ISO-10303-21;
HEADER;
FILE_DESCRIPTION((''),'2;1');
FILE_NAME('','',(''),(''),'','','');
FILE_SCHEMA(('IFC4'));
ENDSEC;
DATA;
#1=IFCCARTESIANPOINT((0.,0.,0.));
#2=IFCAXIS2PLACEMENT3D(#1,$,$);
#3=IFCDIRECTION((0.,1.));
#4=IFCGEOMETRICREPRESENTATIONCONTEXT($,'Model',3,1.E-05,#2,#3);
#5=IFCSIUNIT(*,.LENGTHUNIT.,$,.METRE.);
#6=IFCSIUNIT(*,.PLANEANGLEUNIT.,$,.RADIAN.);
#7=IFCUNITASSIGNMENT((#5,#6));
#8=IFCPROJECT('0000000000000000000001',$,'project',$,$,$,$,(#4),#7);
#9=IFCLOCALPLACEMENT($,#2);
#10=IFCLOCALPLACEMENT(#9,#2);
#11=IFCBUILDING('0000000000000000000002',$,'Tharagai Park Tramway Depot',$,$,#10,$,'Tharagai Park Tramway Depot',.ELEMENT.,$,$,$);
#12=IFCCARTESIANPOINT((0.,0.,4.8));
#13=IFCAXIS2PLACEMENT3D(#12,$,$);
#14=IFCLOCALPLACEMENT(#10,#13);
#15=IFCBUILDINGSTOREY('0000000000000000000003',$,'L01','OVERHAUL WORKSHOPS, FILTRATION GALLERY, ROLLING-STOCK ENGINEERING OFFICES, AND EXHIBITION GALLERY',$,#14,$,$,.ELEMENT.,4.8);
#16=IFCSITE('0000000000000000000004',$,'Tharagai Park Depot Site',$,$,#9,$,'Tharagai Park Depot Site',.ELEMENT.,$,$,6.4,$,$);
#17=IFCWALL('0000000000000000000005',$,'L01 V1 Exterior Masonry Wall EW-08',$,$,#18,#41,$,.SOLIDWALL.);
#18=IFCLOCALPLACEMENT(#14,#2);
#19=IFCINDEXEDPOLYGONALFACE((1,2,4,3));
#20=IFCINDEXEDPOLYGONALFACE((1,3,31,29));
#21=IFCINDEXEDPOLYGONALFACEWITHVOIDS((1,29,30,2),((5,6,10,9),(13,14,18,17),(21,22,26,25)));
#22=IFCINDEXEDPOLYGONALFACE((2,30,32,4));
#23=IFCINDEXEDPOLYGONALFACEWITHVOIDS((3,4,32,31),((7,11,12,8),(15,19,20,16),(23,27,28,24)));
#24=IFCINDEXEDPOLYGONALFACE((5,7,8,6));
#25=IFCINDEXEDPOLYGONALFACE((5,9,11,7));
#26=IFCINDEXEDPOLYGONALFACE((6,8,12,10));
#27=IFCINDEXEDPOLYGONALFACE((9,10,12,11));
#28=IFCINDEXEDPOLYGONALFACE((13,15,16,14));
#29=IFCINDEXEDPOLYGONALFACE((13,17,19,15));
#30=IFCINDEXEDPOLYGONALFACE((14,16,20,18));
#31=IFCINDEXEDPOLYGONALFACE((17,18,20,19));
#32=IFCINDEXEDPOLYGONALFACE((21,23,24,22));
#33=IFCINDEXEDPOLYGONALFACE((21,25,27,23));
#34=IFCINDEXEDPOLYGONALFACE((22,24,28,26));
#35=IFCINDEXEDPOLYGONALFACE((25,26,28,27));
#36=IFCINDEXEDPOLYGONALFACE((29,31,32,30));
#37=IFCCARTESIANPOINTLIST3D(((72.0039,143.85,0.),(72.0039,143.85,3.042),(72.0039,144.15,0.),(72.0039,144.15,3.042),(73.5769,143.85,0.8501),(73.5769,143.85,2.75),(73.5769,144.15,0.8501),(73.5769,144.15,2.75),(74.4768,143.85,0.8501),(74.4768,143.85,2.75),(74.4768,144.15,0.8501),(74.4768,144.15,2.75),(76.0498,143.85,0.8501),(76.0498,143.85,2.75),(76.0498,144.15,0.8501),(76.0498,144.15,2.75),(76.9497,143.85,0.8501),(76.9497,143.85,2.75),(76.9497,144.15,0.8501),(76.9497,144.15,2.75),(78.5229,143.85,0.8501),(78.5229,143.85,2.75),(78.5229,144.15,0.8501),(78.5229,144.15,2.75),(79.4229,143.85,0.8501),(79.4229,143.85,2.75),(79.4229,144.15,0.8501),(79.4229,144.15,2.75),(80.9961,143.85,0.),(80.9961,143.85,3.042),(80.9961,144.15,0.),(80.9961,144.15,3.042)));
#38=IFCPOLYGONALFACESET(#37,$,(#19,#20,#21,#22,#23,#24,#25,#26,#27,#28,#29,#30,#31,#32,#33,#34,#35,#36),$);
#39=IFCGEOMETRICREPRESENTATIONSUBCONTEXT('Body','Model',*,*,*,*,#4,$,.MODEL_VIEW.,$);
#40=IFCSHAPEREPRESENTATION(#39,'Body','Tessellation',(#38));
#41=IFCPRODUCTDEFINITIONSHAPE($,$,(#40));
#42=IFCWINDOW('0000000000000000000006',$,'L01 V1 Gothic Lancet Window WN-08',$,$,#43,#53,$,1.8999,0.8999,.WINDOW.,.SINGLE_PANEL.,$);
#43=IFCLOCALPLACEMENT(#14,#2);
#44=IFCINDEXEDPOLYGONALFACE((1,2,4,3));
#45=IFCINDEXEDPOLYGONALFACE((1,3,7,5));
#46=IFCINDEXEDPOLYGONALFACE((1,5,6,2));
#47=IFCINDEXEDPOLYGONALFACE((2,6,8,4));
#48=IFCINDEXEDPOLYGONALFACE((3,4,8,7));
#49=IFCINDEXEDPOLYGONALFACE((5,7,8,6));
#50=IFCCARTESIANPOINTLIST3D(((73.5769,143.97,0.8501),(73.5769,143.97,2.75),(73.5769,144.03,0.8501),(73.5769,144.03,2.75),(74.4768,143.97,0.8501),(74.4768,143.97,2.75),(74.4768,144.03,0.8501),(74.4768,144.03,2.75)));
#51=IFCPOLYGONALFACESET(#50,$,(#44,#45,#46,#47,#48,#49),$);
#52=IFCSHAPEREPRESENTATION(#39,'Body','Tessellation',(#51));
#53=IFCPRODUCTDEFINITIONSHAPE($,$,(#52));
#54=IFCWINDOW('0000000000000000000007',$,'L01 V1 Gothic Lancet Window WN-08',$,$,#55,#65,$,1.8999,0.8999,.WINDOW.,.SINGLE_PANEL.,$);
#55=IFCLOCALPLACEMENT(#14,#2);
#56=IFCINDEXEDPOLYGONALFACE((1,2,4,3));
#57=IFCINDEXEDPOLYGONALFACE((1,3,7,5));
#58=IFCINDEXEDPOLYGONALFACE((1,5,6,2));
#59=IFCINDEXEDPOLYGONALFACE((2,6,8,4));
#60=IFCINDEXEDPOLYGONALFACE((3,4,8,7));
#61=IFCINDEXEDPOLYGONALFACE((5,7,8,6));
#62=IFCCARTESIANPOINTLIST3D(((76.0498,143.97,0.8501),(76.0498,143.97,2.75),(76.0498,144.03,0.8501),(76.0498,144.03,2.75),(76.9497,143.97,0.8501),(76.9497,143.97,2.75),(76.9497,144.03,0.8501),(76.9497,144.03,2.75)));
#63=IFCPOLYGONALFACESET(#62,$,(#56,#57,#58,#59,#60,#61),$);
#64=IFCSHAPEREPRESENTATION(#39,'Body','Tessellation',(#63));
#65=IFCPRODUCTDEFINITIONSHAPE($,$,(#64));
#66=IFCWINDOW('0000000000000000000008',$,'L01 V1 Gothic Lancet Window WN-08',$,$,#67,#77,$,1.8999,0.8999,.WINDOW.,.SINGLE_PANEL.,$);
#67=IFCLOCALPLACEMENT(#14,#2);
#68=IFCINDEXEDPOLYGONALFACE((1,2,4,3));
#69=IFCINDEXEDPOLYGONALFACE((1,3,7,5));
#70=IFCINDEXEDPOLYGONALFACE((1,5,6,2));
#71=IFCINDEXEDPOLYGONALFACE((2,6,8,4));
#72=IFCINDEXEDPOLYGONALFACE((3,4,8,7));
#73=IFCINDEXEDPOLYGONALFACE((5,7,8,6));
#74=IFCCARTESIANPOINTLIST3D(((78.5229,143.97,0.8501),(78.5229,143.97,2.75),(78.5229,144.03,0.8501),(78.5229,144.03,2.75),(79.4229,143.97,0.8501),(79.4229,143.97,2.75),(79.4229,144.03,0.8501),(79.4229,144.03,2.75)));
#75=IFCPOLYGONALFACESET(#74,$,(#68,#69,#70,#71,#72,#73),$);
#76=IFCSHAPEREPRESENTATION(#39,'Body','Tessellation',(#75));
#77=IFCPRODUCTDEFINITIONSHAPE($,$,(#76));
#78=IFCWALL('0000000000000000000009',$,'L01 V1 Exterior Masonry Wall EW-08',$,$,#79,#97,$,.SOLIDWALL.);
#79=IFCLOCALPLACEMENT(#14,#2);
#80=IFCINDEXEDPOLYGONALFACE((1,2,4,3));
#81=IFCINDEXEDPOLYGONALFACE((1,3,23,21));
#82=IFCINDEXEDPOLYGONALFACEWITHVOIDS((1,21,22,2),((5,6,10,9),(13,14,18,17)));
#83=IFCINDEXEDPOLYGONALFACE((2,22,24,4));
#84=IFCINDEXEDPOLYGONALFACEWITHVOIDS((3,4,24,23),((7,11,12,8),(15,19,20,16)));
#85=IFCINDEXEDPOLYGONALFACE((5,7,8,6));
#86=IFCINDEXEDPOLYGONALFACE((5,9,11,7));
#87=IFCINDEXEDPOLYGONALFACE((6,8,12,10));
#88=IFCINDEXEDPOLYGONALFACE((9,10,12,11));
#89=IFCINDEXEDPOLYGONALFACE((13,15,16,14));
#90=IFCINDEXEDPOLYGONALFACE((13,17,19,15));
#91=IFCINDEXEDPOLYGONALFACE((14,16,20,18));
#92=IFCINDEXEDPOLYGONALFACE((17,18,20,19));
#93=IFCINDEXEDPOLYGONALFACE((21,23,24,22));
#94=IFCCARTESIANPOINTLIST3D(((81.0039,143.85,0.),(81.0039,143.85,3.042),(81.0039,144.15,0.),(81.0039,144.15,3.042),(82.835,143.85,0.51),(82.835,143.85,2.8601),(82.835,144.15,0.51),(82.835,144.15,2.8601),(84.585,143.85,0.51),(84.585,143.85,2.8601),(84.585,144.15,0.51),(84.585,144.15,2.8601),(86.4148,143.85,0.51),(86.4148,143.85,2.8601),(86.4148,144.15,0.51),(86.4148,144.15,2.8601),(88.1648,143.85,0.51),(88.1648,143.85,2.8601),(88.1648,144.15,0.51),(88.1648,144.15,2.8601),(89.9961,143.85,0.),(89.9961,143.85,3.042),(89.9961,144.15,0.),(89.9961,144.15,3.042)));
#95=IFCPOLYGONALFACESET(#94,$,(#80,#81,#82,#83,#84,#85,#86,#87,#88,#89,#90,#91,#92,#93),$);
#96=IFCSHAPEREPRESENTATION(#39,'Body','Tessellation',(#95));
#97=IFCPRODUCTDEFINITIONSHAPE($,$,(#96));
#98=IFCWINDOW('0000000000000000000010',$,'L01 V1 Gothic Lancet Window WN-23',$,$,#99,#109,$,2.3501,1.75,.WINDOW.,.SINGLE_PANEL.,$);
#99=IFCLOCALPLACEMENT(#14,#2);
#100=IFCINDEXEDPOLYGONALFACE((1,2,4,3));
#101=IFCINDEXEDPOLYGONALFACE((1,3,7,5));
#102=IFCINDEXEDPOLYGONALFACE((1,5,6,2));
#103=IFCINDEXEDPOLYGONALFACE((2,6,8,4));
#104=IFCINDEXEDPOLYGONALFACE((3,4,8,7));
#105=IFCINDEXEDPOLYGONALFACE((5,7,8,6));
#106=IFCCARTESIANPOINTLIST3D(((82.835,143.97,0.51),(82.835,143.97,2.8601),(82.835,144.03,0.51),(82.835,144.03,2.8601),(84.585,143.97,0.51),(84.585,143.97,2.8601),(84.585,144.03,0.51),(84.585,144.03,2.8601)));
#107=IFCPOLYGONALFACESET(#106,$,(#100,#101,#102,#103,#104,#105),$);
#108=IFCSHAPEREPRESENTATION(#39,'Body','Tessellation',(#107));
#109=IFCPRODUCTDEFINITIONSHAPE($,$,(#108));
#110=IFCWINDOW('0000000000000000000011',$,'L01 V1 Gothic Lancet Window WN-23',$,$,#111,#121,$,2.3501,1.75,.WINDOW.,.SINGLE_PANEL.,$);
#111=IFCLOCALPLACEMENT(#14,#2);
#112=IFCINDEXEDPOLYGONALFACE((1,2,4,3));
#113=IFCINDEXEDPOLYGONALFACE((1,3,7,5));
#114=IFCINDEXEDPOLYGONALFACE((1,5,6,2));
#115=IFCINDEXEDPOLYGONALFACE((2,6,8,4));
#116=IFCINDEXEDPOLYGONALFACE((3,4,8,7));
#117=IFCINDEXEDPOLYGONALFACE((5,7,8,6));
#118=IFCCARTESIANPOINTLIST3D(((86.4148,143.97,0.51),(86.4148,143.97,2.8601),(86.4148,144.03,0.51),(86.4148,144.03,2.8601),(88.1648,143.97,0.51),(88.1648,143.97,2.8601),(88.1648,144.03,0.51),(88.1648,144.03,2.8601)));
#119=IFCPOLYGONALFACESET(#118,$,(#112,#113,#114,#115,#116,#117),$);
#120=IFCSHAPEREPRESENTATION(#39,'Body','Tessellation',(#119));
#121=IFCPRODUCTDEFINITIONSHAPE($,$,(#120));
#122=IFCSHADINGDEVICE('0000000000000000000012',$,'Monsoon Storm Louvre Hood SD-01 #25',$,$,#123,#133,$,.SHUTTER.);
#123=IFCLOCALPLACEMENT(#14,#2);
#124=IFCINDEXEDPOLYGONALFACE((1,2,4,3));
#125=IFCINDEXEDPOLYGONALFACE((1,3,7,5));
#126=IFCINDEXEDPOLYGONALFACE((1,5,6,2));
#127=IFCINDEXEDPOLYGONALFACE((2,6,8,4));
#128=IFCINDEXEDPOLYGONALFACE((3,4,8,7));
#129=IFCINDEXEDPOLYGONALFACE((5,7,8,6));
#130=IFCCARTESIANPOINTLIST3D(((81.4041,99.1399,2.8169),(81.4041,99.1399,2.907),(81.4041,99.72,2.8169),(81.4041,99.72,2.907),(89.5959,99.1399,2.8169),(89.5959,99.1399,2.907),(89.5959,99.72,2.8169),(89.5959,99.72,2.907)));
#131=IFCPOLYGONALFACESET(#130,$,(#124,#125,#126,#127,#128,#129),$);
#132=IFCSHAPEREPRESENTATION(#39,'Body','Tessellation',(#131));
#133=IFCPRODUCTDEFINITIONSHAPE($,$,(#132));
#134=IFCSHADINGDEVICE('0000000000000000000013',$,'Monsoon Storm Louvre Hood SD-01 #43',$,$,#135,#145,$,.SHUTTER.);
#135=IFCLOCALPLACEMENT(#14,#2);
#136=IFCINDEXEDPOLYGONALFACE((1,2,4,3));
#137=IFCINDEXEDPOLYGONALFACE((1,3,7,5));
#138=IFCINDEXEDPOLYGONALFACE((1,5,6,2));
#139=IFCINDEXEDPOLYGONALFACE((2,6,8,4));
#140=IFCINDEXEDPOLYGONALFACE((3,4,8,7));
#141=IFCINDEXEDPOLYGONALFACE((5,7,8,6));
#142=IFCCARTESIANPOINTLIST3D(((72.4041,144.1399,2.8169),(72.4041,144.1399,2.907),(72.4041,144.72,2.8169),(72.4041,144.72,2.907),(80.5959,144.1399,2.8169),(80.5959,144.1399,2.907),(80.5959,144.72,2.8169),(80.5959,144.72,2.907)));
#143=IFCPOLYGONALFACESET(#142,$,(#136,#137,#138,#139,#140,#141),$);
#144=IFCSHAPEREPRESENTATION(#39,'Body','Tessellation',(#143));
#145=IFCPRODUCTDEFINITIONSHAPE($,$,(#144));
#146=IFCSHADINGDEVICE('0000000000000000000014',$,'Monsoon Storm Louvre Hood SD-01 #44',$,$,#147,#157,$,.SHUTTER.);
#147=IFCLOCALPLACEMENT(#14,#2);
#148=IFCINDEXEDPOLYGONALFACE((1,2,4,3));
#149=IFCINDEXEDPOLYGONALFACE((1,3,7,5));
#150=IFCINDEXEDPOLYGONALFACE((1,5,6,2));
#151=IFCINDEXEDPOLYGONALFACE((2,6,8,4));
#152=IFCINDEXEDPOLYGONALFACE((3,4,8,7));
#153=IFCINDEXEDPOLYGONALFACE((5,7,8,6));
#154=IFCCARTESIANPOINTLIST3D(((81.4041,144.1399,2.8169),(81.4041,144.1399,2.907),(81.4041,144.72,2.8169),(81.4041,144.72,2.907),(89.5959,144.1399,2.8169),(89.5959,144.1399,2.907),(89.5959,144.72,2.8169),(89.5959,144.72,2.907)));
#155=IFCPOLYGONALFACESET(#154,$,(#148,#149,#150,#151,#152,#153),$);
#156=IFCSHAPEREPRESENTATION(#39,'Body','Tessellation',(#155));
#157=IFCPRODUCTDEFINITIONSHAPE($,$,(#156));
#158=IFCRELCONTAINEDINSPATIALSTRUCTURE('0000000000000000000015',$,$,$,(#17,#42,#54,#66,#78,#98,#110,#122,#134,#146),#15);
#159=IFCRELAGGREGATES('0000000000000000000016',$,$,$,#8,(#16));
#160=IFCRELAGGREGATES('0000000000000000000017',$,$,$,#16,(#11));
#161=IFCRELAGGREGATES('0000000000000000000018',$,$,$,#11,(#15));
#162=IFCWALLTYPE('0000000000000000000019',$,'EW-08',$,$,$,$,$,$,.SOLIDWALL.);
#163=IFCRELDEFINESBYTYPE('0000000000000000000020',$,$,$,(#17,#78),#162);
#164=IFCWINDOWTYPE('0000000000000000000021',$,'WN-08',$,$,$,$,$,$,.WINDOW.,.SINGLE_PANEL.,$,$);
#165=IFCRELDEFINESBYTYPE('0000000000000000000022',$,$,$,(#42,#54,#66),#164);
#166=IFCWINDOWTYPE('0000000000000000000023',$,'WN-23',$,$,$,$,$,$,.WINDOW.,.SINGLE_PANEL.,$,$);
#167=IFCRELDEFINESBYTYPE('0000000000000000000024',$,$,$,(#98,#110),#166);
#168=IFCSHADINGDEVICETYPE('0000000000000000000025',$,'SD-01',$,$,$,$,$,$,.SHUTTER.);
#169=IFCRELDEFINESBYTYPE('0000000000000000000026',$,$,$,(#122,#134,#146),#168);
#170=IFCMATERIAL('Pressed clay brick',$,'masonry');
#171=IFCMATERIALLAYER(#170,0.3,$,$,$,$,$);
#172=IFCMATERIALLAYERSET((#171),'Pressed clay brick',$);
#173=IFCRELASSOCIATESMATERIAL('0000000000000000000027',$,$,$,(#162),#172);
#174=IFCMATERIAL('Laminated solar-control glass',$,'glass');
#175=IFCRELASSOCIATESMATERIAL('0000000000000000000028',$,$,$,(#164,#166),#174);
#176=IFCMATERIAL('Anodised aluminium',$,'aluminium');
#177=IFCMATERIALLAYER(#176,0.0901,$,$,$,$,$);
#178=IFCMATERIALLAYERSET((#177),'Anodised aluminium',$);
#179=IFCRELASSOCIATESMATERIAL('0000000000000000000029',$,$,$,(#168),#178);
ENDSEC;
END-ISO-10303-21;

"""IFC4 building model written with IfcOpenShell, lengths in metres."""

from ifc_helpers import new_model, si_unit, direction, frame, frame_2d, origin, origin_2d, place, context, subcontext, project, spatial, rectangle, extrude, material, layer, layer_set, type_object, element, fill, save


model = new_model("IFC4")

# Units and contexts
model_context = context("Model", 3, precision=1e-05, world=origin(), true_north=direction((0.0, 1.0)))
body_context = subcontext(model_context, "Body", "Model", "MODEL_VIEW")
ifc_project = project(units=[si_unit("LENGTHUNIT", "METRE"), si_unit("PLANEANGLEUNIT", "RADIAN")], contexts=[model_context])

# Site, building, storey
site_placement = place(None, origin())
site = spatial("IfcSite", under=ifc_project, at=site_placement, Name="Tharagai Park Depot Site", LongName="Tharagai Park Depot Site", CompositionType="ELEMENT", RefElevation=6.4)
building_placement = place(site_placement, origin())
building = spatial("IfcBuilding", under=site, at=building_placement, Name="Tharagai Park Tramway Depot", LongName="Tharagai Park Tramway Depot", CompositionType="ELEMENT")
storey_placement = place(building_placement, frame((0.0, 0.0, 4.8)))
storey = spatial("IfcBuildingStorey", under=building, at=storey_placement, Name="L01", Description="OVERHAUL WORKSHOPS, FILTRATION GALLERY, ROLLING-STOCK ENGINEERING OFFICES, AND EXHIBITION GALLERY", CompositionType="ELEMENT", Elevation=4.8)

# Shared definitions
ifc_material_1 = material(Name="Anodised aluminium", Category="aluminium")

# Shared definitions
ifc_material_2 = material(Name="Laminated solar-control glass", Category="glass")

# Walls, openings, windows
ifc_material_3 = material(Name="Pressed clay brick", Category="masonry")
ifc_layer_1 = layer(ifc_material_3, 0.3)
ifc_layer_set_1 = layer_set([ifc_layer_1], Name="Pressed clay brick")
wall_type = type_object("IfcWallType", Name="EW-08", PredefinedType="SOLIDWALL", material=ifc_layer_set_1)
wall_1_placement = place(storey_placement, frame((72.0039, 144.0, 0.0), z_axis=(0.0, 0.0, 1.0), x_axis=(1.0, 0.0, 0.0)))
wall_1 = element("IfcWall", 1, at=wall_1_placement, inside=storey, type_object=wall_type, Name="L01 V1 Exterior Masonry Wall EW-08", PredefinedType="SOLIDWALL", context=body_context, shape_type="SweptSolid", body=[
    extrude(rectangle(XDim=8.9922, YDim=0.3, at=frame_2d((4.4961, 0.0))), origin(), (0.0, 0.0, 1.0), 3.042),
])
opening_1_placement = place(wall_1_placement, frame((1.573, 0.0, 0.8501)))
opening_1 = element("IfcOpeningElement", 2, at=opening_1_placement, cuts=wall_1, PredefinedType="OPENING", context=body_context, shape_type="SweptSolid", body=[
    extrude(rectangle(XDim=0.8999, YDim=1.8999, at=frame_2d((0.45, 0.95))), frame((0.0, 0.1599, 0.0), z_axis=(0.0, -1.0, 0.0), x_axis=(1.0, 0.0, 0.0)), (0.0, 0.0, 1.0), 0.3201),
])
opening_2_placement = place(wall_1_placement, frame((4.0459, 0.0, 0.8501)))
opening_2 = element("IfcOpeningElement", 3, at=opening_2_placement, cuts=wall_1, PredefinedType="OPENING", context=body_context, shape_type="SweptSolid", body=[
    extrude(rectangle(XDim=0.8999, YDim=1.8999, at=frame_2d((0.45, 0.95))), frame((0.0, 0.1599, 0.0), z_axis=(0.0, -1.0, 0.0), x_axis=(1.0, 0.0, 0.0)), (0.0, 0.0, 1.0), 0.3201),
])
opening_3_placement = place(wall_1_placement, frame((6.519, 0.0, 0.8501)))
opening_3 = element("IfcOpeningElement", 4, at=opening_3_placement, cuts=wall_1, PredefinedType="OPENING", context=body_context, shape_type="SweptSolid", body=[
    extrude(rectangle(XDim=0.8999, YDim=1.8999, at=frame_2d((0.45, 0.95))), frame((0.0, 0.1599, 0.0), z_axis=(0.0, -1.0, 0.0), x_axis=(1.0, 0.0, 0.0)), (0.0, 0.0, 1.0), 0.3201),
])
window_type_1 = type_object("IfcWindowType", Name="WN-08", PartitioningType="SINGLE_PANEL", PredefinedType="WINDOW", material=ifc_material_2)
window_1_placement = place(opening_1_placement, origin())
window_1 = element("IfcWindow", 5, at=window_1_placement, inside=storey, type_object=window_type_1, Name="L01 V1 Gothic Lancet Window WN-08", OverallHeight=1.8999, OverallWidth=0.8999, PartitioningType="SINGLE_PANEL", PredefinedType="WINDOW", context=body_context, shape_type="SweptSolid", body=[
    extrude(rectangle(XDim=0.8999, YDim=1.8999, at=frame_2d((0.45, 0.95))), frame((0.0, 0.03, 0.0), z_axis=(0.0, -1.0, 0.0), x_axis=(1.0, 0.0, 0.0)), (0.0, 0.0, 1.0), 0.0601),
])
fill(opening_1, window_1)
window_2_placement = place(opening_2_placement, origin())
window_2 = element("IfcWindow", 6, at=window_2_placement, inside=storey, type_object=window_type_1, Name="L01 V1 Gothic Lancet Window WN-08", OverallHeight=1.8999, OverallWidth=0.8999, PartitioningType="SINGLE_PANEL", PredefinedType="WINDOW", context=body_context, shape_type="SweptSolid", body=[
    extrude(rectangle(XDim=0.8999, YDim=1.8999, at=frame_2d((0.45, 0.95))), frame((0.0, 0.03, 0.0), z_axis=(0.0, -1.0, 0.0), x_axis=(1.0, 0.0, 0.0)), (0.0, 0.0, 1.0), 0.0601),
])
fill(opening_2, window_2)
window_3_placement = place(opening_3_placement, origin())
window_3 = element("IfcWindow", 7, at=window_3_placement, inside=storey, type_object=window_type_1, Name="L01 V1 Gothic Lancet Window WN-08", OverallHeight=1.8999, OverallWidth=0.8999, PartitioningType="SINGLE_PANEL", PredefinedType="WINDOW", context=body_context, shape_type="SweptSolid", body=[
    extrude(rectangle(XDim=0.8999, YDim=1.8999, at=frame_2d((0.45, 0.95))), frame((0.0, 0.03, 0.0), z_axis=(0.0, -1.0, 0.0), x_axis=(1.0, 0.0, 0.0)), (0.0, 0.0, 1.0), 0.0601),
])
fill(opening_3, window_3)
wall_2_placement = place(storey_placement, frame((81.0039, 144.0, 0.0), z_axis=(0.0, 0.0, 1.0), x_axis=(1.0, 0.0, 0.0)))
wall_2 = element("IfcWall", 8, at=wall_2_placement, inside=storey, type_object=wall_type, Name="L01 V1 Exterior Masonry Wall EW-08", PredefinedType="SOLIDWALL", context=body_context, shape_type="SweptSolid", body=[
    extrude(rectangle(XDim=8.9922, YDim=0.3, at=frame_2d((4.4961, 0.0))), origin(), (0.0, 0.0, 1.0), 3.042),
])
opening_4_placement = place(wall_2_placement, frame((1.8311, 0.0, 0.51)))
opening_4 = element("IfcOpeningElement", 9, at=opening_4_placement, cuts=wall_2, PredefinedType="OPENING", context=body_context, shape_type="SweptSolid", body=[
    extrude(rectangle(XDim=1.75, YDim=2.3501, at=frame_2d((0.875, 1.175))), frame((0.0, 0.1599, 0.0), z_axis=(0.0, -1.0, 0.0), x_axis=(1.0, 0.0, 0.0)), (0.0, 0.0, 1.0), 0.3201),
])
opening_5_placement = place(wall_2_placement, frame((5.4109, 0.0, 0.51)))
opening_5 = element("IfcOpeningElement", 10, at=opening_5_placement, cuts=wall_2, PredefinedType="OPENING", context=body_context, shape_type="SweptSolid", body=[
    extrude(rectangle(XDim=1.75, YDim=2.3501, at=frame_2d((0.875, 1.175))), frame((0.0, 0.1599, 0.0), z_axis=(0.0, -1.0, 0.0), x_axis=(1.0, 0.0, 0.0)), (0.0, 0.0, 1.0), 0.3201),
])
window_type_2 = type_object("IfcWindowType", Name="WN-23", PartitioningType="SINGLE_PANEL", PredefinedType="WINDOW", material=ifc_material_2)
window_4_placement = place(opening_4_placement, origin())
window_4 = element("IfcWindow", 11, at=window_4_placement, inside=storey, type_object=window_type_2, Name="L01 V1 Gothic Lancet Window WN-23", OverallHeight=2.3501, OverallWidth=1.75, PartitioningType="SINGLE_PANEL", PredefinedType="WINDOW", context=body_context, shape_type="SweptSolid", body=[
    extrude(rectangle(XDim=1.75, YDim=2.3501, at=frame_2d((0.875, 1.175))), frame((0.0, 0.03, 0.0), z_axis=(0.0, -1.0, 0.0), x_axis=(1.0, 0.0, 0.0)), (0.0, 0.0, 1.0), 0.0601),
])
fill(opening_4, window_4)
window_5_placement = place(opening_5_placement, origin())
window_5 = element("IfcWindow", 12, at=window_5_placement, inside=storey, type_object=window_type_2, Name="L01 V1 Gothic Lancet Window WN-23", OverallHeight=2.3501, OverallWidth=1.75, PartitioningType="SINGLE_PANEL", PredefinedType="WINDOW", context=body_context, shape_type="SweptSolid", body=[
    extrude(rectangle(XDim=1.75, YDim=2.3501, at=frame_2d((0.875, 1.175))), frame((0.0, 0.03, 0.0), z_axis=(0.0, -1.0, 0.0), x_axis=(1.0, 0.0, 0.0)), (0.0, 0.0, 1.0), 0.0601),
])
fill(opening_5, window_5)

# Shading devices
ifc_layer_2 = layer(ifc_material_1, 0.0901)
ifc_layer_set_2 = layer_set([ifc_layer_2], Name="Anodised aluminium")
shading_device_type = type_object("IfcShadingDeviceType", Name="SD-01", PredefinedType="SHUTTER", material=ifc_layer_set_2)
for number, where, z_axis, x_axis, name in (
    (13, (85.5, 99.4299, 2.8169), (0.0, 0.0, 1.0), (1.0, 0.0, 0.0), "Monsoon Storm Louvre Hood SD-01 #25"),
    (14, (76.5, 144.4299, 2.8169), (0.0, 0.0, 1.0), (1.0, 0.0, 0.0), "Monsoon Storm Louvre Hood SD-01 #43"),
    (15, (85.5, 144.4299, 2.8169), (0.0, 0.0, 1.0), (1.0, 0.0, 0.0), "Monsoon Storm Louvre Hood SD-01 #44"),
):
    element("IfcShadingDevice", number, at=place(storey_placement, frame(where, z_axis=z_axis, x_axis=x_axis)), inside=storey, type_object=shading_device_type, Name=name, PredefinedType="SHUTTER", context=body_context, shape_type="SweptSolid", body=[
        extrude(rectangle(XDim=8.1919, YDim=0.5801, at=origin_2d()), origin(), (0.0, 0.0, 1.0), 0.0901),
    ])

save(model, "model.ifc")
